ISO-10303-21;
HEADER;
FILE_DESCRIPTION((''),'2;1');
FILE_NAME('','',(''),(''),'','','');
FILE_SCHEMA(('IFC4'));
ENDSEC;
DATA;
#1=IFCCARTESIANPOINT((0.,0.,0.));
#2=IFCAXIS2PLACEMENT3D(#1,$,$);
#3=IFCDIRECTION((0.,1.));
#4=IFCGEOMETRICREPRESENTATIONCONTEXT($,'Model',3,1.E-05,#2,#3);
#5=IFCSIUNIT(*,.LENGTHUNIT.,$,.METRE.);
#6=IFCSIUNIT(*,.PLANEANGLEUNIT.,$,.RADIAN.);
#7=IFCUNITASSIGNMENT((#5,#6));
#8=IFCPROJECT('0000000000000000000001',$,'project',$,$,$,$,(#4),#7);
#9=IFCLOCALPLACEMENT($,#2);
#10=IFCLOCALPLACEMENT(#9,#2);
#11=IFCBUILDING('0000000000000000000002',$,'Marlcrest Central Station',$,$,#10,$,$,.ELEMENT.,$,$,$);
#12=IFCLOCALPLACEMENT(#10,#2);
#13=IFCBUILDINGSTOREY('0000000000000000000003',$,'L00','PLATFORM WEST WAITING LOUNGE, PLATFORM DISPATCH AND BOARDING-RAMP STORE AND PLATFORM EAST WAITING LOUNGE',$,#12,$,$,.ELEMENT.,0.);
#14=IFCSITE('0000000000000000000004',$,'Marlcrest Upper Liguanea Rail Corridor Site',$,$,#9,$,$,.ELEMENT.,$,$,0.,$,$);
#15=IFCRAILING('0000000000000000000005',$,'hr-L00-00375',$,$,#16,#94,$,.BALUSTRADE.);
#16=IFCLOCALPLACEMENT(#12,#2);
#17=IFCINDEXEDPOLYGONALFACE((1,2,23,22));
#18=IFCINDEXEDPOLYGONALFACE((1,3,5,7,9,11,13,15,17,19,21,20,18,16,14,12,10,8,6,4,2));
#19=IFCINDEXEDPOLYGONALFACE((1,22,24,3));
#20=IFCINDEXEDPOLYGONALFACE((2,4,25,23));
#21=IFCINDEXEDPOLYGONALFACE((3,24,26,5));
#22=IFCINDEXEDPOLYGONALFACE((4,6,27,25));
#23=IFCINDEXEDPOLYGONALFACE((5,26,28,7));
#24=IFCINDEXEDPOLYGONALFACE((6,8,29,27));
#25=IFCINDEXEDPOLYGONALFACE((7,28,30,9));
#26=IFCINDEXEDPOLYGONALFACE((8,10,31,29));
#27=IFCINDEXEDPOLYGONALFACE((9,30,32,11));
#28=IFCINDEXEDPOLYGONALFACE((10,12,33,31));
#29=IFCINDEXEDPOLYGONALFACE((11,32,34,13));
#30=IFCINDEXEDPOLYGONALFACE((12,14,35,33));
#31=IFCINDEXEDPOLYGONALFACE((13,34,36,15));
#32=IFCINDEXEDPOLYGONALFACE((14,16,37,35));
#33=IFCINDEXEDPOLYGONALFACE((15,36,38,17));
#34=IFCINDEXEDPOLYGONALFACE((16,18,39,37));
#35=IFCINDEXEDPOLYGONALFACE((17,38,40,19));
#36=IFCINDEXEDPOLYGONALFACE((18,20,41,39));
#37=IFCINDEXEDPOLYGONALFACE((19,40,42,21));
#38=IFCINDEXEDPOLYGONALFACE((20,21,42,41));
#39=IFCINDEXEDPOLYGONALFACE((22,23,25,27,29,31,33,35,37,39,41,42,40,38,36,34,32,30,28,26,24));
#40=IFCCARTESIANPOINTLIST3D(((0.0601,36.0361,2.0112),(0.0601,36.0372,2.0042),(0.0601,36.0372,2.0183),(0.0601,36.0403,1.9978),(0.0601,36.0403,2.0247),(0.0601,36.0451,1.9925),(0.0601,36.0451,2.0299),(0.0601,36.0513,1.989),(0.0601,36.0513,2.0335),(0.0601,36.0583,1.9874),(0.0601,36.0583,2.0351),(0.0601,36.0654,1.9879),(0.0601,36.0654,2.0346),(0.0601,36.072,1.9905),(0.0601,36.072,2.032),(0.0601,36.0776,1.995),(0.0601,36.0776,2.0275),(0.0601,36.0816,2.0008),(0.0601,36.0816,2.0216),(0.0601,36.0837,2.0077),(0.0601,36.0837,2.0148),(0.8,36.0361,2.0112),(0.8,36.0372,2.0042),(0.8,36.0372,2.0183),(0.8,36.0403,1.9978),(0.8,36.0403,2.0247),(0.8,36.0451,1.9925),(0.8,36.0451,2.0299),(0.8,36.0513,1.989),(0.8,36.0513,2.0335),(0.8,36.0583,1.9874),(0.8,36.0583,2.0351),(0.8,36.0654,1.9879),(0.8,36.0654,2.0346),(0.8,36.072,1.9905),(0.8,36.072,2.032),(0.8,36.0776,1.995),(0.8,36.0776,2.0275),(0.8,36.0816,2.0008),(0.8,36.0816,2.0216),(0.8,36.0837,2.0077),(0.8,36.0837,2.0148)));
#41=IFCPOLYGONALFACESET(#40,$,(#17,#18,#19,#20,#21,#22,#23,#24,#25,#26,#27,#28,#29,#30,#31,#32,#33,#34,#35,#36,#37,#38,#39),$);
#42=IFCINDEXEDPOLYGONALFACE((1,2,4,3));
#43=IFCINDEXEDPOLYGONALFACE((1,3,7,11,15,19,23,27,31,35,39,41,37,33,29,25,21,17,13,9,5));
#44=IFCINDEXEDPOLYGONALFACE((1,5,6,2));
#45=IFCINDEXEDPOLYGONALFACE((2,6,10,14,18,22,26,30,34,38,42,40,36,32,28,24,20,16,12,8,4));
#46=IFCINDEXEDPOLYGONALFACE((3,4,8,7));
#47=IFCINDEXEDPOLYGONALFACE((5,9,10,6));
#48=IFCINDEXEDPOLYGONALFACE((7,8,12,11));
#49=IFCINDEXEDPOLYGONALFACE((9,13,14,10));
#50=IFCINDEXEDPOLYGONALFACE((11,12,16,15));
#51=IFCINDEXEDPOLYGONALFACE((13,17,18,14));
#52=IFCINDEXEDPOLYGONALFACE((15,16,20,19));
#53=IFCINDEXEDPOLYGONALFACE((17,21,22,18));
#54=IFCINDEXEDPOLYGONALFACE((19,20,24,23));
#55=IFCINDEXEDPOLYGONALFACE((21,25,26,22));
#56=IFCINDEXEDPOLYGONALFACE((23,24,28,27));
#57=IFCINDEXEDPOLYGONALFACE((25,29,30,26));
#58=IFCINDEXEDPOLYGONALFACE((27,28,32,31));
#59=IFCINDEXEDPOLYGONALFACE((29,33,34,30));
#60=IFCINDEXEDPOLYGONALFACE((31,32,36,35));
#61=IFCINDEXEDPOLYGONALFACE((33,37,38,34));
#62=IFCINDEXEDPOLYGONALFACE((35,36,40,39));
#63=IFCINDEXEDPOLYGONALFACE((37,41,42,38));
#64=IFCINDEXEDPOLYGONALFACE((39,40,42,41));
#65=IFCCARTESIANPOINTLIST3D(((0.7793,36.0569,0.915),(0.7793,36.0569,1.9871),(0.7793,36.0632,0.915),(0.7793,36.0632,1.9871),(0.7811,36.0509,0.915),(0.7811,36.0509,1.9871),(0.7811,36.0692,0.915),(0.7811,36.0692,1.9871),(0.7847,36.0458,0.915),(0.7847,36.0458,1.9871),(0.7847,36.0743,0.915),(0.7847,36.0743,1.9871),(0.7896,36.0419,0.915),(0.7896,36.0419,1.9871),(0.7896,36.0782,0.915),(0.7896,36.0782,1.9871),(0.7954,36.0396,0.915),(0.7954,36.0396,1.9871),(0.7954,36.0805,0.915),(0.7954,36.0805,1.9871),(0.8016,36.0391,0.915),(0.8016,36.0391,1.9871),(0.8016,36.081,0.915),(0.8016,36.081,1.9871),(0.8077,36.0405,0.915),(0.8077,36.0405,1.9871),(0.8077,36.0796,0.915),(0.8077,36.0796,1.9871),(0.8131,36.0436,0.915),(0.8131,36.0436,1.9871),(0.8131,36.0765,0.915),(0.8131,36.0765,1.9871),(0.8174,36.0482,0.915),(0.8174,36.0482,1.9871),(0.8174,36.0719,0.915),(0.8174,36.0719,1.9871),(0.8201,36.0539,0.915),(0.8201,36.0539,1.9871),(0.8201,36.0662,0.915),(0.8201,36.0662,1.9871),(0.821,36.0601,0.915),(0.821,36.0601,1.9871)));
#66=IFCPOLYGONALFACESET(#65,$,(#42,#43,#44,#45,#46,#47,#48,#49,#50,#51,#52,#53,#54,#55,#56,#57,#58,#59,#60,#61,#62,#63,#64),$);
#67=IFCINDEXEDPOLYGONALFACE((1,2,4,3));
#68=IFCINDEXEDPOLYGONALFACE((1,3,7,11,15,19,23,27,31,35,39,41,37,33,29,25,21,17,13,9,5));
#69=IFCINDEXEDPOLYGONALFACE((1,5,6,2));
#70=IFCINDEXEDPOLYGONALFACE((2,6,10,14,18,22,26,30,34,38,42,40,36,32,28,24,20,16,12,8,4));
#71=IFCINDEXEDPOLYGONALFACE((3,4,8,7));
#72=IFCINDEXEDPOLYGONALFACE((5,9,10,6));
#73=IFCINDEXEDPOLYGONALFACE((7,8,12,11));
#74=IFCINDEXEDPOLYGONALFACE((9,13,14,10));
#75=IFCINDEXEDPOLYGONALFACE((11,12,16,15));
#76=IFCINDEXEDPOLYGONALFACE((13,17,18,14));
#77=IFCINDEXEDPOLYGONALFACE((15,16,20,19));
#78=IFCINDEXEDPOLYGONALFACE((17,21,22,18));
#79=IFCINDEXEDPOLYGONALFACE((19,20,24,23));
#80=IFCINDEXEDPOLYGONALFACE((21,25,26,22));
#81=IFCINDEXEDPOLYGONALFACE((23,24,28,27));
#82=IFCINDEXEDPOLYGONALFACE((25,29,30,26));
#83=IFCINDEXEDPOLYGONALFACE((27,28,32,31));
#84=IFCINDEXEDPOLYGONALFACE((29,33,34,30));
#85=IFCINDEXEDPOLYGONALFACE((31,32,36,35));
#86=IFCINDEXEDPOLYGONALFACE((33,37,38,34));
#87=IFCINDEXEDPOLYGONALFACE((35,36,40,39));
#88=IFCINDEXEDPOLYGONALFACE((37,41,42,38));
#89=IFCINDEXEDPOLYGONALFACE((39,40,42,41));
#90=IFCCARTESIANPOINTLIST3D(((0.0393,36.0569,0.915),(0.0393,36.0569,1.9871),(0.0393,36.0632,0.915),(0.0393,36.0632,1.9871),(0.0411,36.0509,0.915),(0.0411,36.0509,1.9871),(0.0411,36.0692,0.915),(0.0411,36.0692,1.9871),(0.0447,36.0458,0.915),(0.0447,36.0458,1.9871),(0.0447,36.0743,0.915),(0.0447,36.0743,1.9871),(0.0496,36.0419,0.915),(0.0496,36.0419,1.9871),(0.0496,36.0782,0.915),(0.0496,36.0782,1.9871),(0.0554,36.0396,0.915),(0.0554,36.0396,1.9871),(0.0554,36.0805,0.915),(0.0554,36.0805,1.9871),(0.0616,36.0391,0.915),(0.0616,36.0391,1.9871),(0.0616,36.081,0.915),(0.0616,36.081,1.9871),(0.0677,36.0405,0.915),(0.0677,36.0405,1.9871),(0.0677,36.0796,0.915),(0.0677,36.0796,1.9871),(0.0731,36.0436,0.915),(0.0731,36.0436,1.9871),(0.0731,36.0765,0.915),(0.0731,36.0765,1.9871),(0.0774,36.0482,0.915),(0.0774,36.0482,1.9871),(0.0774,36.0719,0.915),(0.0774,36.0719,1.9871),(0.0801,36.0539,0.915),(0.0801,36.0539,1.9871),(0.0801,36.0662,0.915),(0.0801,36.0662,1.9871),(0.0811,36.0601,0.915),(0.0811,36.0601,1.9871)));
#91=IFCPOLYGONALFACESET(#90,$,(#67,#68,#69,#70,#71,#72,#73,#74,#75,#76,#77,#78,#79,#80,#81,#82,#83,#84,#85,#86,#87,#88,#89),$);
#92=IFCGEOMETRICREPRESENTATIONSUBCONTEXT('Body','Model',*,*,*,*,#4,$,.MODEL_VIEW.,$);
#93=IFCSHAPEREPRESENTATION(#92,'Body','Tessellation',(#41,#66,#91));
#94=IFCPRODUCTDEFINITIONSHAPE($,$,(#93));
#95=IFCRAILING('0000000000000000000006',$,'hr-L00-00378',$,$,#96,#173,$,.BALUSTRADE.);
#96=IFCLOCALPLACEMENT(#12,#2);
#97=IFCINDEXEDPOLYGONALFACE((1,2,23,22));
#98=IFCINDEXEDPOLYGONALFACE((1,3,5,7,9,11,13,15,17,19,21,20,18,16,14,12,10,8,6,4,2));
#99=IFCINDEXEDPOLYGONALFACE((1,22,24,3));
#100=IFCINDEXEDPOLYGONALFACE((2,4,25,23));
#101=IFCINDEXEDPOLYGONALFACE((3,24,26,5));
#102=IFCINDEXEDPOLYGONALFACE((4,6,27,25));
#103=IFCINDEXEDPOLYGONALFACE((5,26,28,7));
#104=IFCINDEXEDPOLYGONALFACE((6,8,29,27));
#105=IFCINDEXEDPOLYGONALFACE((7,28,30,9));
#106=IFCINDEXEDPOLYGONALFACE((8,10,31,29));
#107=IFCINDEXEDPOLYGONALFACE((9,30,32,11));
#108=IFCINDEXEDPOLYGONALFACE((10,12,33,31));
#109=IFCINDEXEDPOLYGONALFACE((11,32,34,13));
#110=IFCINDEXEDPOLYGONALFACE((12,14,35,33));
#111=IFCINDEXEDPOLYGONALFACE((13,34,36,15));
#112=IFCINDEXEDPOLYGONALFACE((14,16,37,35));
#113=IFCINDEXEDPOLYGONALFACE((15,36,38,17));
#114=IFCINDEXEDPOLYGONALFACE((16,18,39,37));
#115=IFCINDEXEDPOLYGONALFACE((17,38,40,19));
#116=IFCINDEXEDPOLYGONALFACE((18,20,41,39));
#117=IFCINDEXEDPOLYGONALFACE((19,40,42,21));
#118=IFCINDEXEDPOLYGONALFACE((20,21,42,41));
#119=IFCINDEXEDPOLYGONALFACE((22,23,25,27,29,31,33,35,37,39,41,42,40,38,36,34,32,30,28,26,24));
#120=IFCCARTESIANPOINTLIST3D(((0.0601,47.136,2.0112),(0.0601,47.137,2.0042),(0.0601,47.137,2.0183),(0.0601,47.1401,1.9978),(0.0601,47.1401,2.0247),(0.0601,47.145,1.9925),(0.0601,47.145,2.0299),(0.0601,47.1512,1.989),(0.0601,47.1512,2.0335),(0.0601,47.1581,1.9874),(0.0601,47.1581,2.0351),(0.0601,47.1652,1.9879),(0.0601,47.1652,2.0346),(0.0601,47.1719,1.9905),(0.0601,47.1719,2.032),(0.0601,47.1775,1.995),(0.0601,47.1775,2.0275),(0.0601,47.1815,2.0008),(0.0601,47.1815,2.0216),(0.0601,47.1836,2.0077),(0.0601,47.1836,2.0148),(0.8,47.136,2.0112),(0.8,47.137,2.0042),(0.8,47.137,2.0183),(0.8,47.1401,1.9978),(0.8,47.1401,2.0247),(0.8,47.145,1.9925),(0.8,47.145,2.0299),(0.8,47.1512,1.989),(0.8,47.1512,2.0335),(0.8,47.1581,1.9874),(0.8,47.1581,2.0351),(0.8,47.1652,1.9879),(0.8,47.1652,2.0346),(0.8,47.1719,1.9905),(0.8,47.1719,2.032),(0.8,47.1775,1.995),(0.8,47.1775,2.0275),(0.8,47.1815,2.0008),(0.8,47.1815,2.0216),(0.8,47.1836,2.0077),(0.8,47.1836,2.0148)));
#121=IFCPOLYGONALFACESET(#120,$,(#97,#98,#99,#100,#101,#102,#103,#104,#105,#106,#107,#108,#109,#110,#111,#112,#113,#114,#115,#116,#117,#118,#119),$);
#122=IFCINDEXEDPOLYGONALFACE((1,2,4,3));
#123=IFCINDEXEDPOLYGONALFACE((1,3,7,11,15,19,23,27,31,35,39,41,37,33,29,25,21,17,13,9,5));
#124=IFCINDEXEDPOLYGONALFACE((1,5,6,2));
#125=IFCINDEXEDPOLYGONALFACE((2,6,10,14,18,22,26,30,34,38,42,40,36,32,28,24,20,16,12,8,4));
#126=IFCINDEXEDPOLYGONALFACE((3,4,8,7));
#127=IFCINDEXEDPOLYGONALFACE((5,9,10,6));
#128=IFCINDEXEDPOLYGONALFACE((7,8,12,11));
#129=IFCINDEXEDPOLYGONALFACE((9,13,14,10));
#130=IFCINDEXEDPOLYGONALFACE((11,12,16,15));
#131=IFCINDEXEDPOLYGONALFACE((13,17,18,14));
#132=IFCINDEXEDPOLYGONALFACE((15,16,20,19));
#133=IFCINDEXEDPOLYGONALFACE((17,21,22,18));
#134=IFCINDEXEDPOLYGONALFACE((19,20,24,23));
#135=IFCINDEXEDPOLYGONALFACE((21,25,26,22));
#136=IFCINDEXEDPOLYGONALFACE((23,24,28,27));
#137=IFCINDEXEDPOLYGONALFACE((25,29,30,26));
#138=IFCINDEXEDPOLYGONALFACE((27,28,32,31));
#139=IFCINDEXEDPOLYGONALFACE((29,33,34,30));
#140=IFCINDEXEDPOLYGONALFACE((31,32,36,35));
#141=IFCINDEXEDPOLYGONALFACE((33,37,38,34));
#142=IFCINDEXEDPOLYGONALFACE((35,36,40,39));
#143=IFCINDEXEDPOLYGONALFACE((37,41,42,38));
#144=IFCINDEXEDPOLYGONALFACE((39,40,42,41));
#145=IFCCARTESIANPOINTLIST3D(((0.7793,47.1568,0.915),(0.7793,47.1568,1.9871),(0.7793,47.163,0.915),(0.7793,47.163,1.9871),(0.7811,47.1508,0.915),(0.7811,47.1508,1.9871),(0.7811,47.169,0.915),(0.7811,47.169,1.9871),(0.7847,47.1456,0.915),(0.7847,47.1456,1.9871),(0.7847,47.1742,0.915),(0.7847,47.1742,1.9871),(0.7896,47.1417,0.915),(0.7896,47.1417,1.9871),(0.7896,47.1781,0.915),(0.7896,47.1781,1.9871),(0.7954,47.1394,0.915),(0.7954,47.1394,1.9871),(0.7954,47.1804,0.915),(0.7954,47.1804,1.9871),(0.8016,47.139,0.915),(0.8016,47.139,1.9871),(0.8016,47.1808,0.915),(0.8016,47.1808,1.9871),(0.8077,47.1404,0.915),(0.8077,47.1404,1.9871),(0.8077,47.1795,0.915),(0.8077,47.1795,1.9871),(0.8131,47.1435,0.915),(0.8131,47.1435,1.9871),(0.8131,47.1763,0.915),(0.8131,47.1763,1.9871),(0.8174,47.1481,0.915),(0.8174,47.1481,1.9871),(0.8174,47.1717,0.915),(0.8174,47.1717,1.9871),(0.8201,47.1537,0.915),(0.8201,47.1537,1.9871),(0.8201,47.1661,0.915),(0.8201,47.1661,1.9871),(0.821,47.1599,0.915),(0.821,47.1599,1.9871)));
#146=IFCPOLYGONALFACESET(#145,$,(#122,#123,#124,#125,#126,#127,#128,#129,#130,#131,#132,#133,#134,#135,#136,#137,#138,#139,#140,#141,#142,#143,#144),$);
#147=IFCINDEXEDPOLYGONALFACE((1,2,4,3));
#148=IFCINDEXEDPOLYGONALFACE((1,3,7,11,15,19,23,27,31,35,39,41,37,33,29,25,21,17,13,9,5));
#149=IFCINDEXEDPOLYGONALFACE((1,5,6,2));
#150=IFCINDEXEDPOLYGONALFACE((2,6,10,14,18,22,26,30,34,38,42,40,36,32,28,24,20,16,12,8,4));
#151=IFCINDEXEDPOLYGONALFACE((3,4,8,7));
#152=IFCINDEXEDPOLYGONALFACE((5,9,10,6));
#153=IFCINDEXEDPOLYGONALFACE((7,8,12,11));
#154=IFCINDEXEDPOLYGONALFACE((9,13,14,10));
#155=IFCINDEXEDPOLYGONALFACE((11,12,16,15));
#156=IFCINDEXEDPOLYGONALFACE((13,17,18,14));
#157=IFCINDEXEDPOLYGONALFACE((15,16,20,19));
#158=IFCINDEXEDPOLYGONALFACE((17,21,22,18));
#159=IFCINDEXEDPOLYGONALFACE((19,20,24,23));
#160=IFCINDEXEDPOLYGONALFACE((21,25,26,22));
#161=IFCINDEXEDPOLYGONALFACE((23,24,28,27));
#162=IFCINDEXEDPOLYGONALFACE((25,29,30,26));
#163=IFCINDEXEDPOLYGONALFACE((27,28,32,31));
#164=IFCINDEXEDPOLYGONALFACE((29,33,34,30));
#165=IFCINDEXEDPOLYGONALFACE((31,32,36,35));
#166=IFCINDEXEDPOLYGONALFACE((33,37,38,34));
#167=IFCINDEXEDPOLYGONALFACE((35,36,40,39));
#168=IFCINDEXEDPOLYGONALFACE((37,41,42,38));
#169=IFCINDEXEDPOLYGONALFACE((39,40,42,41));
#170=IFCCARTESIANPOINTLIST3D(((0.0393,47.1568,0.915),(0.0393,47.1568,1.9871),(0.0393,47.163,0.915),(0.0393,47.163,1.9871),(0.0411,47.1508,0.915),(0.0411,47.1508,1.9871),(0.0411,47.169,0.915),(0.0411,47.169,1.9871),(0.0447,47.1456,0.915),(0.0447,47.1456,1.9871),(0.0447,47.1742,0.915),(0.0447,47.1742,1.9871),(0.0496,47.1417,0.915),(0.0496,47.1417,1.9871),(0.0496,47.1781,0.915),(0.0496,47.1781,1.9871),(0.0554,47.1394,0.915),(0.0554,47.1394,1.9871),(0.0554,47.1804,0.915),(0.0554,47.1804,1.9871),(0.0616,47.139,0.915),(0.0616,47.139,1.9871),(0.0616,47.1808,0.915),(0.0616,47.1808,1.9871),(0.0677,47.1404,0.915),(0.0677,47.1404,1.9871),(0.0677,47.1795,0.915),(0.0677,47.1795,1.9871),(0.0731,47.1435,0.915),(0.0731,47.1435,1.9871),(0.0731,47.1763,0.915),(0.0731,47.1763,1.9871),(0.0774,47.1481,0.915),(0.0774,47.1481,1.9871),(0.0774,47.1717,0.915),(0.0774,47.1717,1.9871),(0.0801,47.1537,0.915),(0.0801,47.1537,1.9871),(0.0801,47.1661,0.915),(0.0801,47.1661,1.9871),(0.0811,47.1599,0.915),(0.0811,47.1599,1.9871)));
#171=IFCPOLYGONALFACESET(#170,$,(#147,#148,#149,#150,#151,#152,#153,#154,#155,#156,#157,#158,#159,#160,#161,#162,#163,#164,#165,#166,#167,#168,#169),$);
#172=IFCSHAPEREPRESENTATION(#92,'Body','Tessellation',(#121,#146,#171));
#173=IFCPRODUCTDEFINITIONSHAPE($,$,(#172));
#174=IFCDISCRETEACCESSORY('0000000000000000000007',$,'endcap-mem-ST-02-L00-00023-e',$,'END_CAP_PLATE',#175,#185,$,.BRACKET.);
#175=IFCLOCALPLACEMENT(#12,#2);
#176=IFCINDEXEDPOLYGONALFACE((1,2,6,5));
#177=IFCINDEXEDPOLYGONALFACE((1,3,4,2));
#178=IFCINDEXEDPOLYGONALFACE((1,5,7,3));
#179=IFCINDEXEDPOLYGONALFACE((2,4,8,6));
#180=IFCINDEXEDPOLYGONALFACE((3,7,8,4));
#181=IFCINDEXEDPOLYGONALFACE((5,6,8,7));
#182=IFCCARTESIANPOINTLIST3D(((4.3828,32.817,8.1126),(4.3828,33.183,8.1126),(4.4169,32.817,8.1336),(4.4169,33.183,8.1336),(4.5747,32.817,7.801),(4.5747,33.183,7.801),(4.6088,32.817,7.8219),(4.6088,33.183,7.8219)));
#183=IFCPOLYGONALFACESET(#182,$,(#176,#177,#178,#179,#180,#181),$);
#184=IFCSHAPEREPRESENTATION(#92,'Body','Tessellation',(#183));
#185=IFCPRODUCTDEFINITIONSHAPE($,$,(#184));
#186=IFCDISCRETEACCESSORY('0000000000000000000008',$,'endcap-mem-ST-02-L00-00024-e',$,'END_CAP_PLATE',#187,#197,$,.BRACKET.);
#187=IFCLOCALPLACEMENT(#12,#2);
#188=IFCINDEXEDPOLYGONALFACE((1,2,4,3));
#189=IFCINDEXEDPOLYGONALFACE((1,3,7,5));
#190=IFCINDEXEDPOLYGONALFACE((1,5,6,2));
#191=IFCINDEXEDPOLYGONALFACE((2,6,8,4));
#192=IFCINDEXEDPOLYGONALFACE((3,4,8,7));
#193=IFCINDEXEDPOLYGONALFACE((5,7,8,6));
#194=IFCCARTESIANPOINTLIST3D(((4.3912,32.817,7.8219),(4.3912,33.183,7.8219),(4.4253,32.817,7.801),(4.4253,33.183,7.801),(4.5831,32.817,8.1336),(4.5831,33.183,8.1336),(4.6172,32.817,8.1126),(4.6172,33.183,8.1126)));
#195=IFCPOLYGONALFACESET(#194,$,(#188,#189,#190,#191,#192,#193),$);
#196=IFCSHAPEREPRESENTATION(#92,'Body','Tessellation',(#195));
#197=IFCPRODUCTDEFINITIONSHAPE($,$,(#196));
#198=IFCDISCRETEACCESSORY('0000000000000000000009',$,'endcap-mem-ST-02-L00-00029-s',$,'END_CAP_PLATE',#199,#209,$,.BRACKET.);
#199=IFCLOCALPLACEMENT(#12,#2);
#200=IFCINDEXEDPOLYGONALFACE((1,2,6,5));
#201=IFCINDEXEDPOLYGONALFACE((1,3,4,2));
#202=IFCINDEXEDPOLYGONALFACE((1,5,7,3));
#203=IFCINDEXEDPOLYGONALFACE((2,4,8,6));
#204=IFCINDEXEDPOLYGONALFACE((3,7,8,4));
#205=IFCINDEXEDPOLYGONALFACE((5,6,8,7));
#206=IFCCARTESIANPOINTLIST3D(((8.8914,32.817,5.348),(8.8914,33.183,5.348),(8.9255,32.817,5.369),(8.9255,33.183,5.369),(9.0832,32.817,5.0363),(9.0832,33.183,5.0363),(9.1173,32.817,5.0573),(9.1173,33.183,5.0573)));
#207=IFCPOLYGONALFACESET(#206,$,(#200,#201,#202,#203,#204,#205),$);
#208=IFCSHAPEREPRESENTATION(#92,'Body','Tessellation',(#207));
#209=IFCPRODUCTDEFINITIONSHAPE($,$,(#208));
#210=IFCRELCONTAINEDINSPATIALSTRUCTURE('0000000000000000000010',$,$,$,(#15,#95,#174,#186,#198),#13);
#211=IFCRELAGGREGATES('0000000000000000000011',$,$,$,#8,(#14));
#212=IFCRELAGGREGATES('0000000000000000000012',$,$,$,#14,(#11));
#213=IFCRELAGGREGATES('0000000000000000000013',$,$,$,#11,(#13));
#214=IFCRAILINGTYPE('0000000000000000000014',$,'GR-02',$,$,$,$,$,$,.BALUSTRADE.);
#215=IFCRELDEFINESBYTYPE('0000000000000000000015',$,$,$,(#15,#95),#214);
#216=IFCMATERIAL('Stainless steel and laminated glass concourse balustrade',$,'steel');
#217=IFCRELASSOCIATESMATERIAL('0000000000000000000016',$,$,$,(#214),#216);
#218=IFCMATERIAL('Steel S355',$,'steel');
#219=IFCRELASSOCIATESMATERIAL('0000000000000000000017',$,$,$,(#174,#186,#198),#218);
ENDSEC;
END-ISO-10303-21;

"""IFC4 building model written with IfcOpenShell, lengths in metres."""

from ifc_helpers import new_model, si_unit, direction, frame, origin, origin_2d, place, context, subcontext, project, spatial, rectangle, circle, extrude, material, type_object, element, save


model = new_model("IFC4")

# Units and contexts
model_context = context("Model", 3, precision=1e-05, world=origin(), true_north=direction((0.0, 1.0)))
body_context = subcontext(model_context, "Body", "Model", "MODEL_VIEW")
ifc_project = project(units=[si_unit("LENGTHUNIT", "METRE"), si_unit("PLANEANGLEUNIT", "RADIAN")], contexts=[model_context])

# Site, building, storey
site_placement = place(None, origin())
site = spatial("IfcSite", under=ifc_project, at=site_placement, Name="Marlcrest Upper Liguanea Rail Corridor Site", CompositionType="ELEMENT", RefElevation=0.0)
building_placement = place(site_placement, origin())
building = spatial("IfcBuilding", under=site, at=building_placement, Name="Marlcrest Central Station", CompositionType="ELEMENT")
storey_placement = place(building_placement, origin())
storey = spatial("IfcBuildingStorey", under=building, at=storey_placement, Name="L00", Description="PLATFORM WEST WAITING LOUNGE, PLATFORM DISPATCH AND BOARDING-RAMP STORE AND PLATFORM EAST WAITING LOUNGE", CompositionType="ELEMENT", Elevation=0.0)

# Shared definitions
ifc_material_1 = material(Name="Steel S355", Category="steel")

# Railings
ifc_material_2 = material(Name="Stainless steel and laminated glass concourse balustrade", Category="steel")
railing_type = type_object("IfcRailingType", Name="GR-02", PredefinedType="BALUSTRADE", material=ifc_material_2)
railing_1_placement = place(storey_placement, frame((0.8, 36.0601, 0.915)))
element("IfcRailing", 1, at=railing_1_placement, inside=storey, type_object=railing_type, Name="hr-L00-00375", PredefinedType="BALUSTRADE", context=body_context, shape_type="SweptSolid", body=[
    extrude(circle(Radius=0.0239, at=origin_2d()), frame((0.0, 0.0, 1.0962), z_axis=(-1.0, 0.0, 0.0), x_axis=(0.0, -1.0, 0.0)), (0.0, 0.0, 1.0), 0.74),
    extrude(circle(Radius=0.021, at=origin_2d()), origin(), (0.0, 0.0, 1.0), 1.072),
    extrude(circle(Radius=0.021, at=origin_2d()), frame((-0.74, 0.0, 0.0)), (0.0, 0.0, 1.0), 1.072),
])
railing_2_placement = place(storey_placement, frame((0.8, 47.1599, 0.915)))
element("IfcRailing", 2, at=railing_2_placement, inside=storey, type_object=railing_type, Name="hr-L00-00378", PredefinedType="BALUSTRADE", context=body_context, shape_type="SweptSolid", body=[
    extrude(circle(Radius=0.0239, at=origin_2d()), frame((0.0, 0.0, 1.0962), z_axis=(-1.0, 0.0, 0.0), x_axis=(0.0, -1.0, 0.0)), (0.0, 0.0, 1.0), 0.74),
    extrude(circle(Radius=0.021, at=origin_2d()), origin(), (0.0, 0.0, 1.0), 1.072),
    extrude(circle(Radius=0.021, at=origin_2d()), frame((-0.74, 0.0, 0.0)), (0.0, 0.0, 1.0), 1.072),
])

# Discrete accessories
for number, where, z_axis, x_axis, name in (
    (3, (4.4788, 33.0, 7.9568), (0.851592, 0.0, 0.524206), (0.0, 1.0, 0.0), "endcap-mem-ST-02-L00-00023-e"),
    (4, (4.5212, 33.0, 7.9568), (-0.851592, 0.0, 0.524206), (0.0, -1.0, 0.0), "endcap-mem-ST-02-L00-00024-e"),
    (5, (8.9873, 33.0, 5.1921), (0.851592, 0.0, 0.524206), (0.0, 1.0, 0.0), "endcap-mem-ST-02-L00-00029-s"),
):
    element("IfcDiscreteAccessory", number, at=place(storey_placement, frame(where, z_axis=z_axis, x_axis=x_axis)), inside=storey, material=ifc_material_1, Name=name, ObjectType="END_CAP_PLATE", PredefinedType="BRACKET", context=body_context, shape_type="SweptSolid", body=[
        extrude(rectangle(XDim=0.366, YDim=0.366, at=origin_2d()), origin(), (0.0, 0.0, 1.0), 0.04),
    ])

save(model, "model.ifc")
